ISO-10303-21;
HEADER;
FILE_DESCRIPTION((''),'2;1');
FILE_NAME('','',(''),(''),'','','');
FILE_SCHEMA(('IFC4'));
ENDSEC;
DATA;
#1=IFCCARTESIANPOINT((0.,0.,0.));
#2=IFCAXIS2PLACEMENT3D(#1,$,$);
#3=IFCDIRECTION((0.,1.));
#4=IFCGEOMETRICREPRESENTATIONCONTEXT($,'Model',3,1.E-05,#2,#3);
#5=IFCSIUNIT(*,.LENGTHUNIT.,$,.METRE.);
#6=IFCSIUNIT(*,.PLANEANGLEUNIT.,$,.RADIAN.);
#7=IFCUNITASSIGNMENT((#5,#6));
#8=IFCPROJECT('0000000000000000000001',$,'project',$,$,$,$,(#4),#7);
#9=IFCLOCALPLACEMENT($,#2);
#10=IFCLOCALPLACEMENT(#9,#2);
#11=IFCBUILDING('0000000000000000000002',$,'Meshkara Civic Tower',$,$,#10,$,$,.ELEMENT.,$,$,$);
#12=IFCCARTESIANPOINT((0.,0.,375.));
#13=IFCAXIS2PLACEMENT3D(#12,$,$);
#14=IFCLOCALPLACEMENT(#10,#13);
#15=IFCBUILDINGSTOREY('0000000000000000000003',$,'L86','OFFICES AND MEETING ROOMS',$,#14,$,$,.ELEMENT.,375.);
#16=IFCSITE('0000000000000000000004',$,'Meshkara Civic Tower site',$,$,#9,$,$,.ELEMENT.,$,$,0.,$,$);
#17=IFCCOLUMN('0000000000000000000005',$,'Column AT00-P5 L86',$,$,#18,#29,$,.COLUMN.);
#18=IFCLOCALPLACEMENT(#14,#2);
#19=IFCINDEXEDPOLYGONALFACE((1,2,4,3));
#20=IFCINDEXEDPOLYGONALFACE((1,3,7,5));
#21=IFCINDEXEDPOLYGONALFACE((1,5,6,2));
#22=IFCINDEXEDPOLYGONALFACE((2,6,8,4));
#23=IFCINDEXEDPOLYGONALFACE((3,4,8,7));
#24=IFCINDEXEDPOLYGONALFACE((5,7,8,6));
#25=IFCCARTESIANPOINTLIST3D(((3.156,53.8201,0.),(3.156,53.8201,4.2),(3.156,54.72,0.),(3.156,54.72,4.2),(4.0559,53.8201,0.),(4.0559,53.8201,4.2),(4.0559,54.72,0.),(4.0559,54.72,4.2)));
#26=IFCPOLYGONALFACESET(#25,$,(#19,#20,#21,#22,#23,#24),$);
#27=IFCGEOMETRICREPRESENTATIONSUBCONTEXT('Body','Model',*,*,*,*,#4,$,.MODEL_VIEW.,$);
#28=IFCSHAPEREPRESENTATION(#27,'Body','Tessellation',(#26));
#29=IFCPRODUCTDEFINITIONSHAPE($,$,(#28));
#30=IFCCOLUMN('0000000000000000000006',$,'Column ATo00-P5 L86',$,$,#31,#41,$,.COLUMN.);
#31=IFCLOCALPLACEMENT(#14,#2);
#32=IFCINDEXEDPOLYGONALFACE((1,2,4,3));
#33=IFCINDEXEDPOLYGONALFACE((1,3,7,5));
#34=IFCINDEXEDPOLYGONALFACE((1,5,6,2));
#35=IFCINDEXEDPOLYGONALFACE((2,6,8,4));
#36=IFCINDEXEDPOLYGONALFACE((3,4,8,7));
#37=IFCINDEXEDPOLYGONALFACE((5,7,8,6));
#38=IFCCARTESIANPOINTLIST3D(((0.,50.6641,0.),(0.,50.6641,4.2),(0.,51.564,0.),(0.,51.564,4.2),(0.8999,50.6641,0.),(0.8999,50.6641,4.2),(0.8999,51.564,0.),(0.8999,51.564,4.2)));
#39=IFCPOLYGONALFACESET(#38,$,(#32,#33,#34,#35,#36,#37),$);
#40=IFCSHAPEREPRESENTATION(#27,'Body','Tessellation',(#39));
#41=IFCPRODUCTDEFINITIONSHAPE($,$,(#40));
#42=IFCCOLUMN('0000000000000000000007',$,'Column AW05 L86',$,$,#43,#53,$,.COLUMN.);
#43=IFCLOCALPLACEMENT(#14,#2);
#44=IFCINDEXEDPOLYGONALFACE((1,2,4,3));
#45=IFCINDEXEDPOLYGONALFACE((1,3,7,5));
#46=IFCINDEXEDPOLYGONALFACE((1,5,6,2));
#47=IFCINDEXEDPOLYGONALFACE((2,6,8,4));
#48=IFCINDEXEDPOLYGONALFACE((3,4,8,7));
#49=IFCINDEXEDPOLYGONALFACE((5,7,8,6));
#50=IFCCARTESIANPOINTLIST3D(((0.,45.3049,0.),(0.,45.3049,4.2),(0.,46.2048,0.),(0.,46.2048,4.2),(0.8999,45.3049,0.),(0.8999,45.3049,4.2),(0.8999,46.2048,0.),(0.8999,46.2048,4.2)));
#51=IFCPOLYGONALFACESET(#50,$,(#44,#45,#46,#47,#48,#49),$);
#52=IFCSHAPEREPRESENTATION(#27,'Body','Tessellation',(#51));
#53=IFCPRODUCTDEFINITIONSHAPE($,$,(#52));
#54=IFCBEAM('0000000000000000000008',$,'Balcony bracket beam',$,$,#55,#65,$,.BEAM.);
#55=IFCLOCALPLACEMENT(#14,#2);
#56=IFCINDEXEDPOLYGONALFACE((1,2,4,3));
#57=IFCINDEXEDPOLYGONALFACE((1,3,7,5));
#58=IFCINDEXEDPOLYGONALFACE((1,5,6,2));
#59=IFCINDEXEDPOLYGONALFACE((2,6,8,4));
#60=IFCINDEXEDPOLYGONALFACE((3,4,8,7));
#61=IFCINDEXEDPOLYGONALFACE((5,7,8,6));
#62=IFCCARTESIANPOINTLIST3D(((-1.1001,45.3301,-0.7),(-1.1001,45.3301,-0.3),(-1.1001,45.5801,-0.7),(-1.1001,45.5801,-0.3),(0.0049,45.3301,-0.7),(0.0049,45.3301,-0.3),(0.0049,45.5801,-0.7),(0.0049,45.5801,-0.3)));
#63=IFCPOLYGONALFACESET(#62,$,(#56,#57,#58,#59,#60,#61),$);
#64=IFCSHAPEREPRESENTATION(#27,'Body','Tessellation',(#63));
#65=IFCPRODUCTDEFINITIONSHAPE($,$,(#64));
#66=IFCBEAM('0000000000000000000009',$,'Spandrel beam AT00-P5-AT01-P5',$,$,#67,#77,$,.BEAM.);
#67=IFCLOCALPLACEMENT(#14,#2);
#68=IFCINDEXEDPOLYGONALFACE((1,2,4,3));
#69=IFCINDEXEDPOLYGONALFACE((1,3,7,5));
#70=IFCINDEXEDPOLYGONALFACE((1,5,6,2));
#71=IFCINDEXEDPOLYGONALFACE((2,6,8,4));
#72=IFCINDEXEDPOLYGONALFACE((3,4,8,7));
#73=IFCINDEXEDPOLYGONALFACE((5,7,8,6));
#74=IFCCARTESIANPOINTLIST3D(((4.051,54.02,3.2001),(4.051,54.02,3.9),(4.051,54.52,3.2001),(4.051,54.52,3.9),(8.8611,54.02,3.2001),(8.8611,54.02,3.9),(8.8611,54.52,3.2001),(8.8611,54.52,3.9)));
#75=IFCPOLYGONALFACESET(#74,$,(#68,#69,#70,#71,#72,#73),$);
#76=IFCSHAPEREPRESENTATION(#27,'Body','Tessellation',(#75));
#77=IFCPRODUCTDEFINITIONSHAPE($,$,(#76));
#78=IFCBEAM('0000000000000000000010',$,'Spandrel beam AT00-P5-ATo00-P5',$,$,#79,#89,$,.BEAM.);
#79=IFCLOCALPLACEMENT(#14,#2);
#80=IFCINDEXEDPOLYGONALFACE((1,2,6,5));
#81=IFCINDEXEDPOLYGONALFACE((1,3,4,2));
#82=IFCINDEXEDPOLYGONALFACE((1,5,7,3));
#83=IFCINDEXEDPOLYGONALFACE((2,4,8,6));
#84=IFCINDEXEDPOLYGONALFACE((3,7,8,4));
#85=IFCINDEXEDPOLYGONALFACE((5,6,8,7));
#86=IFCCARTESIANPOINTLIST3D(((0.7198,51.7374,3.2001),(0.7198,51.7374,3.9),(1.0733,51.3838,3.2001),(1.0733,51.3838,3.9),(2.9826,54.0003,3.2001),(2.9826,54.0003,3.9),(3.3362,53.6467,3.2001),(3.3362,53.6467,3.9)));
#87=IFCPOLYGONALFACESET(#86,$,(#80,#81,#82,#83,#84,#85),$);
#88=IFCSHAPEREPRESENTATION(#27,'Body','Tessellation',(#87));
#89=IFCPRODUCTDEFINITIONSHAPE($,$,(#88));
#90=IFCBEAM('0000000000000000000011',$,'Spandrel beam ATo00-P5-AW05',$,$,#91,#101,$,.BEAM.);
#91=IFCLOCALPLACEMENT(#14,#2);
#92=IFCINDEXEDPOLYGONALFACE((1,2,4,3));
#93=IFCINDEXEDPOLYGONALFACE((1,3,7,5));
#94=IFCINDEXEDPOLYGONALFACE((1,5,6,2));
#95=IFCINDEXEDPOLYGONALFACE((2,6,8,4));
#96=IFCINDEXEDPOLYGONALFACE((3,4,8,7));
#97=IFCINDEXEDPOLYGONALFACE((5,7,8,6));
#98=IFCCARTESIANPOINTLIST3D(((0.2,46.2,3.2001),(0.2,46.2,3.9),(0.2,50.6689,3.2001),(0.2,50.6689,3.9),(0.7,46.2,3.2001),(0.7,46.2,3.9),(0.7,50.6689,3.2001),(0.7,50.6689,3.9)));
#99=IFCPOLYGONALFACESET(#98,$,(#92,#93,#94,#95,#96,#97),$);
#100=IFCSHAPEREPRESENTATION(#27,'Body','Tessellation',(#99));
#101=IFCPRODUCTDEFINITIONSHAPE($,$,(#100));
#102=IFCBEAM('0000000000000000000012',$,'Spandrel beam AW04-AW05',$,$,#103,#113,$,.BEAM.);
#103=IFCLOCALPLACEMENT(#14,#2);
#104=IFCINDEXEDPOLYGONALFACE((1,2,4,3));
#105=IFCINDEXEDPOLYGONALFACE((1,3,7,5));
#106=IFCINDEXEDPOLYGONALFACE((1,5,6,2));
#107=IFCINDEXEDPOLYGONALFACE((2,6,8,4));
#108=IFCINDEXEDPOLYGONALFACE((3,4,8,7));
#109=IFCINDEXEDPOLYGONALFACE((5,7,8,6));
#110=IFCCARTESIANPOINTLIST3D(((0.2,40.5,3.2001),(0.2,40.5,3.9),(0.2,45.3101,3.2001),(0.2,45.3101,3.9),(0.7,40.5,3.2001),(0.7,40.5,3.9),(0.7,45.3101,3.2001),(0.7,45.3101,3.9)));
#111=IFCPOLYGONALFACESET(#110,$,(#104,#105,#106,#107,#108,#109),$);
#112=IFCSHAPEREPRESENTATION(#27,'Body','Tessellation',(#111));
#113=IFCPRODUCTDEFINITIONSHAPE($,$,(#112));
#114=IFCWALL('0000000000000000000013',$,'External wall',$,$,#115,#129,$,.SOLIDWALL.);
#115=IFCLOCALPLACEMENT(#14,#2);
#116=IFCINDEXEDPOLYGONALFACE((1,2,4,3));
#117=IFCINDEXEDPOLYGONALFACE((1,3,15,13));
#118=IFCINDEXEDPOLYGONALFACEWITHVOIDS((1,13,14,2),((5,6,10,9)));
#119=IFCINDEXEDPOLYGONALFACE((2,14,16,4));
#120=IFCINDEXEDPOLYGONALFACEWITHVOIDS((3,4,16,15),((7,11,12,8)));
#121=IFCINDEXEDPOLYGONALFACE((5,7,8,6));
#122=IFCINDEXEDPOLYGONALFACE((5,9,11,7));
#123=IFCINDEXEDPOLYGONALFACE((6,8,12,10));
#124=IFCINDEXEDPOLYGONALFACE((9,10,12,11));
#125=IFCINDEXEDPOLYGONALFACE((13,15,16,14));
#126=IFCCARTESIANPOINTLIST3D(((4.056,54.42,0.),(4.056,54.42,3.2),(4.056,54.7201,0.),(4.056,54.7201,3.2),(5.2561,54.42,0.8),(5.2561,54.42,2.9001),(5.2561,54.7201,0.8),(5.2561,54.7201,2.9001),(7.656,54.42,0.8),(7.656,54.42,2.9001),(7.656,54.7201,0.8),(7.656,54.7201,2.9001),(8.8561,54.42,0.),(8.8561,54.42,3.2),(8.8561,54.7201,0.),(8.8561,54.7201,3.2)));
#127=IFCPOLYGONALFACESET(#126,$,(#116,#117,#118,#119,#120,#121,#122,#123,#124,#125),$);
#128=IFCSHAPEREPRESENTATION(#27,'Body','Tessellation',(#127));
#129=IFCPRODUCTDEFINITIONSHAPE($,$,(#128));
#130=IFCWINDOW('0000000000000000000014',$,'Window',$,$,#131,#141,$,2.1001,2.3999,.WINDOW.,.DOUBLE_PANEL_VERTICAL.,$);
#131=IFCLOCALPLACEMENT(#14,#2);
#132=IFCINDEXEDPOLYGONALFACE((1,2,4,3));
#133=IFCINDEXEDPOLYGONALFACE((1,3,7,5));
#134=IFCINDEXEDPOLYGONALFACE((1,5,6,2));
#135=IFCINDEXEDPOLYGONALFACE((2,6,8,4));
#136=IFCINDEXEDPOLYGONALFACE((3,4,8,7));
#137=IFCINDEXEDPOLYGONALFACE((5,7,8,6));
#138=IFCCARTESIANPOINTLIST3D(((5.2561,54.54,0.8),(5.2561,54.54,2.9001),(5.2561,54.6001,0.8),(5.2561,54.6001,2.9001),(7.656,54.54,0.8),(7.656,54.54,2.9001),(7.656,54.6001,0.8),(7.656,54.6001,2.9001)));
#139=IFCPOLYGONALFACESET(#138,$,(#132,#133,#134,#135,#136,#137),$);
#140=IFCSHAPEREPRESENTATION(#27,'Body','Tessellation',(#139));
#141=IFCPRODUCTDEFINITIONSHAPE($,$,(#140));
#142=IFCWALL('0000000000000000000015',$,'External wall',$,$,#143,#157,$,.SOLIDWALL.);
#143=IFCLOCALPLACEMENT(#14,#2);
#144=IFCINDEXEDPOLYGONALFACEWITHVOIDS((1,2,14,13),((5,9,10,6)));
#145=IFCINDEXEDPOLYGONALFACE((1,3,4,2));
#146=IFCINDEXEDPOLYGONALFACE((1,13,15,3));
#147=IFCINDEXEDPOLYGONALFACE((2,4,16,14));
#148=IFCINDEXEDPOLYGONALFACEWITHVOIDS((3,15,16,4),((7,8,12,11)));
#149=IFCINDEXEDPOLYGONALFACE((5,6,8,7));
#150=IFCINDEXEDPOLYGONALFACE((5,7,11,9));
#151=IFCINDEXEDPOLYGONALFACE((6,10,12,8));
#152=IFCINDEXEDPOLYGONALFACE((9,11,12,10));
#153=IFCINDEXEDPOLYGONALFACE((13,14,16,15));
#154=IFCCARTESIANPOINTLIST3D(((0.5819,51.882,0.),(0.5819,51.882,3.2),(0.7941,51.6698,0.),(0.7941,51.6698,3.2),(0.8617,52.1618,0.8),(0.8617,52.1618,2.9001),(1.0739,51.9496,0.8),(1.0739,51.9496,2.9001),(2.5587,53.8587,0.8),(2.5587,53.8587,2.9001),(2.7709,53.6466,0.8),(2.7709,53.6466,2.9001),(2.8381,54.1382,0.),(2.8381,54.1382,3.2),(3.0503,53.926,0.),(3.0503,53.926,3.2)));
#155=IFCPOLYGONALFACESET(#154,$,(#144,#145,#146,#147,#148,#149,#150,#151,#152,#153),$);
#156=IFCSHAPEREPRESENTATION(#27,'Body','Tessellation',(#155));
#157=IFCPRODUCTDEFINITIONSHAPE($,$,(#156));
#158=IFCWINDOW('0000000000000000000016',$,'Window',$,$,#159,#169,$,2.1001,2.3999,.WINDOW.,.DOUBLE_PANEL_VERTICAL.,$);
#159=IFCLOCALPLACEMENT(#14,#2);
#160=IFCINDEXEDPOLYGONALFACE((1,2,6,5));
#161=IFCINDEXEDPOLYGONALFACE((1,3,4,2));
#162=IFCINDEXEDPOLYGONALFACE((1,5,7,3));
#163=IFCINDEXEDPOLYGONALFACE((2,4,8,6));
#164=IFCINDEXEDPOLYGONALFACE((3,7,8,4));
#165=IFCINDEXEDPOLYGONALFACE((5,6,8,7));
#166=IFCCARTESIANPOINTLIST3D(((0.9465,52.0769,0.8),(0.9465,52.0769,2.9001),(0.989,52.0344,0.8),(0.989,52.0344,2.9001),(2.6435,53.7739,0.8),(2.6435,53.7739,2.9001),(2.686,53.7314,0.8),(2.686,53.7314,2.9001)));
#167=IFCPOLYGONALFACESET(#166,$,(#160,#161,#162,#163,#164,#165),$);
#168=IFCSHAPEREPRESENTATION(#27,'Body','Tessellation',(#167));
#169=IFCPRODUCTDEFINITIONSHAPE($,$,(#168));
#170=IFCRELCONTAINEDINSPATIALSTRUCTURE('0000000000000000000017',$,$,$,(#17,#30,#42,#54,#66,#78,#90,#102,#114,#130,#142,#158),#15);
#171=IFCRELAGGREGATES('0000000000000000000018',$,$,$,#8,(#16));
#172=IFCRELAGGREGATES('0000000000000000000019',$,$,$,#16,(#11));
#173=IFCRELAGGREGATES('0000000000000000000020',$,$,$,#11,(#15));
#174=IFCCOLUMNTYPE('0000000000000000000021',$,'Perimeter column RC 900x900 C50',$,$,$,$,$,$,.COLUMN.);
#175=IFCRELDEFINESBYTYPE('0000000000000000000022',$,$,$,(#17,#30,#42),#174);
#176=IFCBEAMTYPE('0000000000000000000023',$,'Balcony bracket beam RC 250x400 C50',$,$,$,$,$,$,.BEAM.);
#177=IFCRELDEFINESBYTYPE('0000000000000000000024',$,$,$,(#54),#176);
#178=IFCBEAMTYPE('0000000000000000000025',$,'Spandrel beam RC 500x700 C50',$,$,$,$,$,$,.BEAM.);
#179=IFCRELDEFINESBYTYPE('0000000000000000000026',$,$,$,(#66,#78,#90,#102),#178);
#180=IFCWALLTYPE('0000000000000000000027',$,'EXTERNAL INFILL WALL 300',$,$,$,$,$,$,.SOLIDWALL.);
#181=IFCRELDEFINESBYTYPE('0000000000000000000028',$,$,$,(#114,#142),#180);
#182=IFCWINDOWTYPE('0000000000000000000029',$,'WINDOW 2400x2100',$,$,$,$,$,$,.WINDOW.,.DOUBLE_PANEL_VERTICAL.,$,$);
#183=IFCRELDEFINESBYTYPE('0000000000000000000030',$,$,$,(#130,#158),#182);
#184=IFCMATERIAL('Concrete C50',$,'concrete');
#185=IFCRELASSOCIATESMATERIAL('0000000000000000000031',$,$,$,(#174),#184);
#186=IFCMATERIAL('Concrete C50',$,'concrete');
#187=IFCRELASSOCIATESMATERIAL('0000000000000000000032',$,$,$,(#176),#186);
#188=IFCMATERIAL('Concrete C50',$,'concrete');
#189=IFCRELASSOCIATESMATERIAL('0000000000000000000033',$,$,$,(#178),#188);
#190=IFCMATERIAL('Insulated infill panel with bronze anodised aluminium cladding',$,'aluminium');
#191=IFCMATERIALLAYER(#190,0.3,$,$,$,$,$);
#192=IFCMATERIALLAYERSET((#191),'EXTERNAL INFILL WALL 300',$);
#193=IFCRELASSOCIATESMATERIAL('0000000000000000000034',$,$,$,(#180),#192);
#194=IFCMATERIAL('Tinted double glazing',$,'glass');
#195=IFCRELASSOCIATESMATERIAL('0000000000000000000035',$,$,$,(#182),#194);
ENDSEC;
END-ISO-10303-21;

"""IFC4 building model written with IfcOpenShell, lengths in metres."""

from ifc_helpers import new_model, si_unit, direction, frame, frame_2d, origin, origin_2d, place, context, subcontext, project, spatial, rectangle, extrude, material, layer, layer_set, material_profile, profile_set, type_object, element, fill, save


model = new_model("IFC4")

# Units and contexts
model_context = context("Model", 3, precision=1e-05, world=origin(), true_north=direction((0.0, 1.0)))
body_context = subcontext(model_context, "Body", "Model", "MODEL_VIEW")
ifc_project = project(units=[si_unit("LENGTHUNIT", "METRE"), si_unit("PLANEANGLEUNIT", "RADIAN")], contexts=[model_context])

# Site, building, storey
site_placement = place(None, origin())
site = spatial("IfcSite", under=ifc_project, at=site_placement, Name="Meshkara Civic Tower site", CompositionType="ELEMENT", RefElevation=0.0)
building_placement = place(site_placement, origin())
building = spatial("IfcBuilding", under=site, at=building_placement, Name="Meshkara Civic Tower", CompositionType="ELEMENT")
storey_placement = place(building_placement, frame((0.0, 0.0, 375.0)))
storey = spatial("IfcBuildingStorey", under=building, at=storey_placement, Name="L86", Description="OFFICES AND MEETING ROOMS", CompositionType="ELEMENT", Elevation=375.0)

# Columns
ifc_material_1 = material(Name="Concrete C50", Category="concrete")
ifc_material_profile_1 = material_profile(ifc_material_1, rectangle(XDim=0.8999, YDim=0.8999, at=origin_2d()))
ifc_profile_set_1 = profile_set([ifc_material_profile_1], Name="Concrete C50")
column_type = type_object("IfcColumnType", Name="Perimeter column RC 900x900 C50", PredefinedType="COLUMN", material=ifc_profile_set_1)
for number, where, z_axis, x_axis, name in (
    (1, (3.606, 54.27, 0.0), (0.0, 0.0, 1.0), (1.0, 0.0, 0.0), "Column AT00-P5 L86"),
    (2, (0.45, 51.114, 0.0), (0.0, 0.0, 1.0), (1.0, 0.0, 0.0), "Column ATo00-P5 L86"),
    (3, (0.45, 45.7549, 0.0), (0.0, 0.0, 1.0), (1.0, 0.0, 0.0), "Column AW05 L86"),
):
    element("IfcColumn", number, at=place(storey_placement, frame(where, z_axis=z_axis, x_axis=x_axis)), inside=storey, type_object=column_type, Name=name, PredefinedType="COLUMN", context=body_context, shape_type="SweptSolid", body=[
        extrude(rectangle(XDim=0.8999, YDim=0.8999, at=origin_2d()), origin(), (0.0, 0.0, 1.0), 4.2),
    ])

# Beams
ifc_material_2 = material(Name="Concrete C50", Category="concrete")
ifc_material_profile_2 = material_profile(ifc_material_2, rectangle(XDim=0.25, YDim=0.3999, at=origin_2d()))
ifc_profile_set_2 = profile_set([ifc_material_profile_2], Name="Concrete C50")
beam_type_1 = type_object("IfcBeamType", Name="Balcony bracket beam RC 250x400 C50", PredefinedType="BEAM", material=ifc_profile_set_2)
beam_1_placement = place(storey_placement, frame((0.0049, 45.4551, -0.5), z_axis=(-1.0, 0.0, 0.0), x_axis=(0.0, -1.0, 0.0)))
element("IfcBeam", 4, at=beam_1_placement, inside=storey, type_object=beam_type_1, Name="Balcony bracket beam", PredefinedType="BEAM", context=body_context, shape_type="SweptSolid", body=[
    extrude(rectangle(XDim=0.25, YDim=0.3999, at=origin_2d()), origin(), (0.0, 0.0, 1.0), 1.105),
])
ifc_material_3 = material(Name="Concrete C50", Category="concrete")
ifc_material_profile_3 = material_profile(ifc_material_3, rectangle(XDim=0.5, YDim=0.7, at=origin_2d()))
ifc_profile_set_3 = profile_set([ifc_material_profile_3], Name="Concrete C50")
beam_type_2 = type_object("IfcBeamType", Name="Spandrel beam RC 500x700 C50", PredefinedType="BEAM", material=ifc_profile_set_3)
beam_2_placement = place(storey_placement, frame((8.8611, 54.27, 3.55), z_axis=(-1.0, 0.0, 0.0), x_axis=(0.0, -1.0, 0.0)))
element("IfcBeam", 5, at=beam_2_placement, inside=storey, type_object=beam_type_2, Name="Spandrel beam AT00-P5-AT01-P5", PredefinedType="BEAM", context=body_context, shape_type="SweptSolid", body=[
    extrude(rectangle(XDim=0.5, YDim=0.7, at=origin_2d()), origin(), (0.0, 0.0, 1.0), 4.8101),
])
beam_3_placement = place(storey_placement, frame((3.1594, 53.8235, 3.55), z_axis=(-0.707107, -0.707107, 0.0), x_axis=(0.707107, -0.707107, 0.0)))
element("IfcBeam", 6, at=beam_3_placement, inside=storey, type_object=beam_type_2, Name="Spandrel beam AT00-P5-ATo00-P5", PredefinedType="BEAM", context=body_context, shape_type="SweptSolid", body=[
    extrude(rectangle(XDim=0.5, YDim=0.7, at=origin_2d()), origin(), (0.0, 0.0, 1.0), 3.2002),
])
beam_4_placement = place(storey_placement, frame((0.45, 50.6689, 3.55), z_axis=(0.0, -1.0, 0.0), x_axis=(1.0, 0.0, 0.0)))
element("IfcBeam", 7, at=beam_4_placement, inside=storey, type_object=beam_type_2, Name="Spandrel beam ATo00-P5-AW05", PredefinedType="BEAM", context=body_context, shape_type="SweptSolid", body=[
    extrude(rectangle(XDim=0.5, YDim=0.7, at=origin_2d()), origin(), (0.0, 0.0, 1.0), 4.469),
])
beam_5_placement = place(storey_placement, frame((0.45, 45.3101, 3.55), z_axis=(0.0, -1.0, 0.0), x_axis=(1.0, 0.0, 0.0)))
element("IfcBeam", 8, at=beam_5_placement, inside=storey, type_object=beam_type_2, Name="Spandrel beam AW04-AW05", PredefinedType="BEAM", context=body_context, shape_type="SweptSolid", body=[
    extrude(rectangle(XDim=0.5, YDim=0.7, at=origin_2d()), origin(), (0.0, 0.0, 1.0), 4.8101),
])

# Walls, openings, windows
ifc_material_4 = material(Name="Insulated infill panel with bronze anodised aluminium cladding", Category="aluminium")
ifc_layer_1 = layer(ifc_material_4, 0.3)
ifc_layer_set_1 = layer_set([ifc_layer_1], Name="EXTERNAL INFILL WALL 300")
wall_type_1 = type_object("IfcWallType", Name="EXTERNAL INFILL WALL 300", PredefinedType="SOLIDWALL", material=ifc_layer_set_1)
wall_1_placement = place(storey_placement, frame((8.856, 54.5701, 0.0), z_axis=(0.0, 0.0, 1.0), x_axis=(-1.0, 0.0, 0.0)))
wall_1 = element("IfcWall", 9, at=wall_1_placement, inside=storey, type_object=wall_type_1, Name="External wall", PredefinedType="SOLIDWALL", context=body_context, shape_type="SweptSolid", body=[
    extrude(rectangle(XDim=4.8, YDim=0.3, at=frame_2d((2.3999, 0.0))), origin(), (0.0, 0.0, 1.0), 3.2),
])
opening_1_placement = place(wall_1_placement, frame((1.2, 0.0, 0.8)))
opening_1 = element("IfcOpeningElement", 10, at=opening_1_placement, cuts=wall_1, PredefinedType="OPENING", context=body_context, shape_type="SweptSolid", body=[
    extrude(rectangle(XDim=2.3999, YDim=2.1001, at=frame_2d((1.2, 1.05))), frame((0.0, 0.1599, 0.0), z_axis=(0.0, -1.0, 0.0), x_axis=(1.0, 0.0, 0.0)), (0.0, 0.0, 1.0), 0.3201),
])
ifc_material_5 = material(Name="Tinted double glazing", Category="glass")
window_type = type_object("IfcWindowType", Name="WINDOW 2400x2100", PartitioningType="DOUBLE_PANEL_VERTICAL", PredefinedType="WINDOW", material=ifc_material_5)
window_1_placement = place(opening_1_placement, origin())
window_1 = element("IfcWindow", 11, at=window_1_placement, inside=storey, type_object=window_type, Name="Window", OverallHeight=2.1001, OverallWidth=2.3999, PartitioningType="DOUBLE_PANEL_VERTICAL", PredefinedType="WINDOW", context=body_context, shape_type="SweptSolid", body=[
    extrude(rectangle(XDim=2.3999, YDim=2.1001, at=frame_2d((1.2, 1.05))), frame((0.0, 0.03, 0.0), z_axis=(0.0, -1.0, 0.0), x_axis=(1.0, 0.0, 0.0)), (0.0, 0.0, 1.0), 0.0601),
])
fill(opening_1, window_1)
wall_2_placement = place(storey_placement, frame((2.9441, 54.032, 0.0), z_axis=(0.0, 0.0, 1.0), x_axis=(-0.707107, -0.707107, 0.0)))
wall_2 = element("IfcWall", 12, at=wall_2_placement, inside=storey, type_object=wall_type_1, Name="External wall", PredefinedType="SOLIDWALL", context=body_context, shape_type="SweptSolid", body=[
    extrude(rectangle(XDim=3.1907, YDim=0.3, at=frame_2d((1.5952, 0.0))), origin(), (0.0, 0.0, 1.0), 3.2),
])
opening_2_placement = place(wall_2_placement, frame((0.395, 0.0, 0.8)))
opening_2 = element("IfcOpeningElement", 13, at=opening_2_placement, cuts=wall_2, PredefinedType="OPENING", context=body_context, shape_type="SweptSolid", body=[
    extrude(rectangle(XDim=2.3999, YDim=2.1001, at=frame_2d((1.2, 1.05))), frame((0.0, 0.1599, 0.0), z_axis=(0.0, -1.0, 0.0), x_axis=(1.0, 0.0, 0.0)), (0.0, 0.0, 1.0), 0.3201),
])
window_2_placement = place(opening_2_placement, origin())
window_2 = element("IfcWindow", 14, at=window_2_placement, inside=storey, type_object=window_type, Name="Window", OverallHeight=2.1001, OverallWidth=2.3999, PartitioningType="DOUBLE_PANEL_VERTICAL", PredefinedType="WINDOW", context=body_context, shape_type="SweptSolid", body=[
    extrude(rectangle(XDim=2.3999, YDim=2.1001, at=frame_2d((1.2, 1.05))), frame((0.0, 0.03, 0.0), z_axis=(0.0, -1.0, 0.0), x_axis=(1.0, 0.0, 0.0)), (0.0, 0.0, 1.0), 0.0601),
])
fill(opening_2, window_2)

save(model, "model.ifc")
